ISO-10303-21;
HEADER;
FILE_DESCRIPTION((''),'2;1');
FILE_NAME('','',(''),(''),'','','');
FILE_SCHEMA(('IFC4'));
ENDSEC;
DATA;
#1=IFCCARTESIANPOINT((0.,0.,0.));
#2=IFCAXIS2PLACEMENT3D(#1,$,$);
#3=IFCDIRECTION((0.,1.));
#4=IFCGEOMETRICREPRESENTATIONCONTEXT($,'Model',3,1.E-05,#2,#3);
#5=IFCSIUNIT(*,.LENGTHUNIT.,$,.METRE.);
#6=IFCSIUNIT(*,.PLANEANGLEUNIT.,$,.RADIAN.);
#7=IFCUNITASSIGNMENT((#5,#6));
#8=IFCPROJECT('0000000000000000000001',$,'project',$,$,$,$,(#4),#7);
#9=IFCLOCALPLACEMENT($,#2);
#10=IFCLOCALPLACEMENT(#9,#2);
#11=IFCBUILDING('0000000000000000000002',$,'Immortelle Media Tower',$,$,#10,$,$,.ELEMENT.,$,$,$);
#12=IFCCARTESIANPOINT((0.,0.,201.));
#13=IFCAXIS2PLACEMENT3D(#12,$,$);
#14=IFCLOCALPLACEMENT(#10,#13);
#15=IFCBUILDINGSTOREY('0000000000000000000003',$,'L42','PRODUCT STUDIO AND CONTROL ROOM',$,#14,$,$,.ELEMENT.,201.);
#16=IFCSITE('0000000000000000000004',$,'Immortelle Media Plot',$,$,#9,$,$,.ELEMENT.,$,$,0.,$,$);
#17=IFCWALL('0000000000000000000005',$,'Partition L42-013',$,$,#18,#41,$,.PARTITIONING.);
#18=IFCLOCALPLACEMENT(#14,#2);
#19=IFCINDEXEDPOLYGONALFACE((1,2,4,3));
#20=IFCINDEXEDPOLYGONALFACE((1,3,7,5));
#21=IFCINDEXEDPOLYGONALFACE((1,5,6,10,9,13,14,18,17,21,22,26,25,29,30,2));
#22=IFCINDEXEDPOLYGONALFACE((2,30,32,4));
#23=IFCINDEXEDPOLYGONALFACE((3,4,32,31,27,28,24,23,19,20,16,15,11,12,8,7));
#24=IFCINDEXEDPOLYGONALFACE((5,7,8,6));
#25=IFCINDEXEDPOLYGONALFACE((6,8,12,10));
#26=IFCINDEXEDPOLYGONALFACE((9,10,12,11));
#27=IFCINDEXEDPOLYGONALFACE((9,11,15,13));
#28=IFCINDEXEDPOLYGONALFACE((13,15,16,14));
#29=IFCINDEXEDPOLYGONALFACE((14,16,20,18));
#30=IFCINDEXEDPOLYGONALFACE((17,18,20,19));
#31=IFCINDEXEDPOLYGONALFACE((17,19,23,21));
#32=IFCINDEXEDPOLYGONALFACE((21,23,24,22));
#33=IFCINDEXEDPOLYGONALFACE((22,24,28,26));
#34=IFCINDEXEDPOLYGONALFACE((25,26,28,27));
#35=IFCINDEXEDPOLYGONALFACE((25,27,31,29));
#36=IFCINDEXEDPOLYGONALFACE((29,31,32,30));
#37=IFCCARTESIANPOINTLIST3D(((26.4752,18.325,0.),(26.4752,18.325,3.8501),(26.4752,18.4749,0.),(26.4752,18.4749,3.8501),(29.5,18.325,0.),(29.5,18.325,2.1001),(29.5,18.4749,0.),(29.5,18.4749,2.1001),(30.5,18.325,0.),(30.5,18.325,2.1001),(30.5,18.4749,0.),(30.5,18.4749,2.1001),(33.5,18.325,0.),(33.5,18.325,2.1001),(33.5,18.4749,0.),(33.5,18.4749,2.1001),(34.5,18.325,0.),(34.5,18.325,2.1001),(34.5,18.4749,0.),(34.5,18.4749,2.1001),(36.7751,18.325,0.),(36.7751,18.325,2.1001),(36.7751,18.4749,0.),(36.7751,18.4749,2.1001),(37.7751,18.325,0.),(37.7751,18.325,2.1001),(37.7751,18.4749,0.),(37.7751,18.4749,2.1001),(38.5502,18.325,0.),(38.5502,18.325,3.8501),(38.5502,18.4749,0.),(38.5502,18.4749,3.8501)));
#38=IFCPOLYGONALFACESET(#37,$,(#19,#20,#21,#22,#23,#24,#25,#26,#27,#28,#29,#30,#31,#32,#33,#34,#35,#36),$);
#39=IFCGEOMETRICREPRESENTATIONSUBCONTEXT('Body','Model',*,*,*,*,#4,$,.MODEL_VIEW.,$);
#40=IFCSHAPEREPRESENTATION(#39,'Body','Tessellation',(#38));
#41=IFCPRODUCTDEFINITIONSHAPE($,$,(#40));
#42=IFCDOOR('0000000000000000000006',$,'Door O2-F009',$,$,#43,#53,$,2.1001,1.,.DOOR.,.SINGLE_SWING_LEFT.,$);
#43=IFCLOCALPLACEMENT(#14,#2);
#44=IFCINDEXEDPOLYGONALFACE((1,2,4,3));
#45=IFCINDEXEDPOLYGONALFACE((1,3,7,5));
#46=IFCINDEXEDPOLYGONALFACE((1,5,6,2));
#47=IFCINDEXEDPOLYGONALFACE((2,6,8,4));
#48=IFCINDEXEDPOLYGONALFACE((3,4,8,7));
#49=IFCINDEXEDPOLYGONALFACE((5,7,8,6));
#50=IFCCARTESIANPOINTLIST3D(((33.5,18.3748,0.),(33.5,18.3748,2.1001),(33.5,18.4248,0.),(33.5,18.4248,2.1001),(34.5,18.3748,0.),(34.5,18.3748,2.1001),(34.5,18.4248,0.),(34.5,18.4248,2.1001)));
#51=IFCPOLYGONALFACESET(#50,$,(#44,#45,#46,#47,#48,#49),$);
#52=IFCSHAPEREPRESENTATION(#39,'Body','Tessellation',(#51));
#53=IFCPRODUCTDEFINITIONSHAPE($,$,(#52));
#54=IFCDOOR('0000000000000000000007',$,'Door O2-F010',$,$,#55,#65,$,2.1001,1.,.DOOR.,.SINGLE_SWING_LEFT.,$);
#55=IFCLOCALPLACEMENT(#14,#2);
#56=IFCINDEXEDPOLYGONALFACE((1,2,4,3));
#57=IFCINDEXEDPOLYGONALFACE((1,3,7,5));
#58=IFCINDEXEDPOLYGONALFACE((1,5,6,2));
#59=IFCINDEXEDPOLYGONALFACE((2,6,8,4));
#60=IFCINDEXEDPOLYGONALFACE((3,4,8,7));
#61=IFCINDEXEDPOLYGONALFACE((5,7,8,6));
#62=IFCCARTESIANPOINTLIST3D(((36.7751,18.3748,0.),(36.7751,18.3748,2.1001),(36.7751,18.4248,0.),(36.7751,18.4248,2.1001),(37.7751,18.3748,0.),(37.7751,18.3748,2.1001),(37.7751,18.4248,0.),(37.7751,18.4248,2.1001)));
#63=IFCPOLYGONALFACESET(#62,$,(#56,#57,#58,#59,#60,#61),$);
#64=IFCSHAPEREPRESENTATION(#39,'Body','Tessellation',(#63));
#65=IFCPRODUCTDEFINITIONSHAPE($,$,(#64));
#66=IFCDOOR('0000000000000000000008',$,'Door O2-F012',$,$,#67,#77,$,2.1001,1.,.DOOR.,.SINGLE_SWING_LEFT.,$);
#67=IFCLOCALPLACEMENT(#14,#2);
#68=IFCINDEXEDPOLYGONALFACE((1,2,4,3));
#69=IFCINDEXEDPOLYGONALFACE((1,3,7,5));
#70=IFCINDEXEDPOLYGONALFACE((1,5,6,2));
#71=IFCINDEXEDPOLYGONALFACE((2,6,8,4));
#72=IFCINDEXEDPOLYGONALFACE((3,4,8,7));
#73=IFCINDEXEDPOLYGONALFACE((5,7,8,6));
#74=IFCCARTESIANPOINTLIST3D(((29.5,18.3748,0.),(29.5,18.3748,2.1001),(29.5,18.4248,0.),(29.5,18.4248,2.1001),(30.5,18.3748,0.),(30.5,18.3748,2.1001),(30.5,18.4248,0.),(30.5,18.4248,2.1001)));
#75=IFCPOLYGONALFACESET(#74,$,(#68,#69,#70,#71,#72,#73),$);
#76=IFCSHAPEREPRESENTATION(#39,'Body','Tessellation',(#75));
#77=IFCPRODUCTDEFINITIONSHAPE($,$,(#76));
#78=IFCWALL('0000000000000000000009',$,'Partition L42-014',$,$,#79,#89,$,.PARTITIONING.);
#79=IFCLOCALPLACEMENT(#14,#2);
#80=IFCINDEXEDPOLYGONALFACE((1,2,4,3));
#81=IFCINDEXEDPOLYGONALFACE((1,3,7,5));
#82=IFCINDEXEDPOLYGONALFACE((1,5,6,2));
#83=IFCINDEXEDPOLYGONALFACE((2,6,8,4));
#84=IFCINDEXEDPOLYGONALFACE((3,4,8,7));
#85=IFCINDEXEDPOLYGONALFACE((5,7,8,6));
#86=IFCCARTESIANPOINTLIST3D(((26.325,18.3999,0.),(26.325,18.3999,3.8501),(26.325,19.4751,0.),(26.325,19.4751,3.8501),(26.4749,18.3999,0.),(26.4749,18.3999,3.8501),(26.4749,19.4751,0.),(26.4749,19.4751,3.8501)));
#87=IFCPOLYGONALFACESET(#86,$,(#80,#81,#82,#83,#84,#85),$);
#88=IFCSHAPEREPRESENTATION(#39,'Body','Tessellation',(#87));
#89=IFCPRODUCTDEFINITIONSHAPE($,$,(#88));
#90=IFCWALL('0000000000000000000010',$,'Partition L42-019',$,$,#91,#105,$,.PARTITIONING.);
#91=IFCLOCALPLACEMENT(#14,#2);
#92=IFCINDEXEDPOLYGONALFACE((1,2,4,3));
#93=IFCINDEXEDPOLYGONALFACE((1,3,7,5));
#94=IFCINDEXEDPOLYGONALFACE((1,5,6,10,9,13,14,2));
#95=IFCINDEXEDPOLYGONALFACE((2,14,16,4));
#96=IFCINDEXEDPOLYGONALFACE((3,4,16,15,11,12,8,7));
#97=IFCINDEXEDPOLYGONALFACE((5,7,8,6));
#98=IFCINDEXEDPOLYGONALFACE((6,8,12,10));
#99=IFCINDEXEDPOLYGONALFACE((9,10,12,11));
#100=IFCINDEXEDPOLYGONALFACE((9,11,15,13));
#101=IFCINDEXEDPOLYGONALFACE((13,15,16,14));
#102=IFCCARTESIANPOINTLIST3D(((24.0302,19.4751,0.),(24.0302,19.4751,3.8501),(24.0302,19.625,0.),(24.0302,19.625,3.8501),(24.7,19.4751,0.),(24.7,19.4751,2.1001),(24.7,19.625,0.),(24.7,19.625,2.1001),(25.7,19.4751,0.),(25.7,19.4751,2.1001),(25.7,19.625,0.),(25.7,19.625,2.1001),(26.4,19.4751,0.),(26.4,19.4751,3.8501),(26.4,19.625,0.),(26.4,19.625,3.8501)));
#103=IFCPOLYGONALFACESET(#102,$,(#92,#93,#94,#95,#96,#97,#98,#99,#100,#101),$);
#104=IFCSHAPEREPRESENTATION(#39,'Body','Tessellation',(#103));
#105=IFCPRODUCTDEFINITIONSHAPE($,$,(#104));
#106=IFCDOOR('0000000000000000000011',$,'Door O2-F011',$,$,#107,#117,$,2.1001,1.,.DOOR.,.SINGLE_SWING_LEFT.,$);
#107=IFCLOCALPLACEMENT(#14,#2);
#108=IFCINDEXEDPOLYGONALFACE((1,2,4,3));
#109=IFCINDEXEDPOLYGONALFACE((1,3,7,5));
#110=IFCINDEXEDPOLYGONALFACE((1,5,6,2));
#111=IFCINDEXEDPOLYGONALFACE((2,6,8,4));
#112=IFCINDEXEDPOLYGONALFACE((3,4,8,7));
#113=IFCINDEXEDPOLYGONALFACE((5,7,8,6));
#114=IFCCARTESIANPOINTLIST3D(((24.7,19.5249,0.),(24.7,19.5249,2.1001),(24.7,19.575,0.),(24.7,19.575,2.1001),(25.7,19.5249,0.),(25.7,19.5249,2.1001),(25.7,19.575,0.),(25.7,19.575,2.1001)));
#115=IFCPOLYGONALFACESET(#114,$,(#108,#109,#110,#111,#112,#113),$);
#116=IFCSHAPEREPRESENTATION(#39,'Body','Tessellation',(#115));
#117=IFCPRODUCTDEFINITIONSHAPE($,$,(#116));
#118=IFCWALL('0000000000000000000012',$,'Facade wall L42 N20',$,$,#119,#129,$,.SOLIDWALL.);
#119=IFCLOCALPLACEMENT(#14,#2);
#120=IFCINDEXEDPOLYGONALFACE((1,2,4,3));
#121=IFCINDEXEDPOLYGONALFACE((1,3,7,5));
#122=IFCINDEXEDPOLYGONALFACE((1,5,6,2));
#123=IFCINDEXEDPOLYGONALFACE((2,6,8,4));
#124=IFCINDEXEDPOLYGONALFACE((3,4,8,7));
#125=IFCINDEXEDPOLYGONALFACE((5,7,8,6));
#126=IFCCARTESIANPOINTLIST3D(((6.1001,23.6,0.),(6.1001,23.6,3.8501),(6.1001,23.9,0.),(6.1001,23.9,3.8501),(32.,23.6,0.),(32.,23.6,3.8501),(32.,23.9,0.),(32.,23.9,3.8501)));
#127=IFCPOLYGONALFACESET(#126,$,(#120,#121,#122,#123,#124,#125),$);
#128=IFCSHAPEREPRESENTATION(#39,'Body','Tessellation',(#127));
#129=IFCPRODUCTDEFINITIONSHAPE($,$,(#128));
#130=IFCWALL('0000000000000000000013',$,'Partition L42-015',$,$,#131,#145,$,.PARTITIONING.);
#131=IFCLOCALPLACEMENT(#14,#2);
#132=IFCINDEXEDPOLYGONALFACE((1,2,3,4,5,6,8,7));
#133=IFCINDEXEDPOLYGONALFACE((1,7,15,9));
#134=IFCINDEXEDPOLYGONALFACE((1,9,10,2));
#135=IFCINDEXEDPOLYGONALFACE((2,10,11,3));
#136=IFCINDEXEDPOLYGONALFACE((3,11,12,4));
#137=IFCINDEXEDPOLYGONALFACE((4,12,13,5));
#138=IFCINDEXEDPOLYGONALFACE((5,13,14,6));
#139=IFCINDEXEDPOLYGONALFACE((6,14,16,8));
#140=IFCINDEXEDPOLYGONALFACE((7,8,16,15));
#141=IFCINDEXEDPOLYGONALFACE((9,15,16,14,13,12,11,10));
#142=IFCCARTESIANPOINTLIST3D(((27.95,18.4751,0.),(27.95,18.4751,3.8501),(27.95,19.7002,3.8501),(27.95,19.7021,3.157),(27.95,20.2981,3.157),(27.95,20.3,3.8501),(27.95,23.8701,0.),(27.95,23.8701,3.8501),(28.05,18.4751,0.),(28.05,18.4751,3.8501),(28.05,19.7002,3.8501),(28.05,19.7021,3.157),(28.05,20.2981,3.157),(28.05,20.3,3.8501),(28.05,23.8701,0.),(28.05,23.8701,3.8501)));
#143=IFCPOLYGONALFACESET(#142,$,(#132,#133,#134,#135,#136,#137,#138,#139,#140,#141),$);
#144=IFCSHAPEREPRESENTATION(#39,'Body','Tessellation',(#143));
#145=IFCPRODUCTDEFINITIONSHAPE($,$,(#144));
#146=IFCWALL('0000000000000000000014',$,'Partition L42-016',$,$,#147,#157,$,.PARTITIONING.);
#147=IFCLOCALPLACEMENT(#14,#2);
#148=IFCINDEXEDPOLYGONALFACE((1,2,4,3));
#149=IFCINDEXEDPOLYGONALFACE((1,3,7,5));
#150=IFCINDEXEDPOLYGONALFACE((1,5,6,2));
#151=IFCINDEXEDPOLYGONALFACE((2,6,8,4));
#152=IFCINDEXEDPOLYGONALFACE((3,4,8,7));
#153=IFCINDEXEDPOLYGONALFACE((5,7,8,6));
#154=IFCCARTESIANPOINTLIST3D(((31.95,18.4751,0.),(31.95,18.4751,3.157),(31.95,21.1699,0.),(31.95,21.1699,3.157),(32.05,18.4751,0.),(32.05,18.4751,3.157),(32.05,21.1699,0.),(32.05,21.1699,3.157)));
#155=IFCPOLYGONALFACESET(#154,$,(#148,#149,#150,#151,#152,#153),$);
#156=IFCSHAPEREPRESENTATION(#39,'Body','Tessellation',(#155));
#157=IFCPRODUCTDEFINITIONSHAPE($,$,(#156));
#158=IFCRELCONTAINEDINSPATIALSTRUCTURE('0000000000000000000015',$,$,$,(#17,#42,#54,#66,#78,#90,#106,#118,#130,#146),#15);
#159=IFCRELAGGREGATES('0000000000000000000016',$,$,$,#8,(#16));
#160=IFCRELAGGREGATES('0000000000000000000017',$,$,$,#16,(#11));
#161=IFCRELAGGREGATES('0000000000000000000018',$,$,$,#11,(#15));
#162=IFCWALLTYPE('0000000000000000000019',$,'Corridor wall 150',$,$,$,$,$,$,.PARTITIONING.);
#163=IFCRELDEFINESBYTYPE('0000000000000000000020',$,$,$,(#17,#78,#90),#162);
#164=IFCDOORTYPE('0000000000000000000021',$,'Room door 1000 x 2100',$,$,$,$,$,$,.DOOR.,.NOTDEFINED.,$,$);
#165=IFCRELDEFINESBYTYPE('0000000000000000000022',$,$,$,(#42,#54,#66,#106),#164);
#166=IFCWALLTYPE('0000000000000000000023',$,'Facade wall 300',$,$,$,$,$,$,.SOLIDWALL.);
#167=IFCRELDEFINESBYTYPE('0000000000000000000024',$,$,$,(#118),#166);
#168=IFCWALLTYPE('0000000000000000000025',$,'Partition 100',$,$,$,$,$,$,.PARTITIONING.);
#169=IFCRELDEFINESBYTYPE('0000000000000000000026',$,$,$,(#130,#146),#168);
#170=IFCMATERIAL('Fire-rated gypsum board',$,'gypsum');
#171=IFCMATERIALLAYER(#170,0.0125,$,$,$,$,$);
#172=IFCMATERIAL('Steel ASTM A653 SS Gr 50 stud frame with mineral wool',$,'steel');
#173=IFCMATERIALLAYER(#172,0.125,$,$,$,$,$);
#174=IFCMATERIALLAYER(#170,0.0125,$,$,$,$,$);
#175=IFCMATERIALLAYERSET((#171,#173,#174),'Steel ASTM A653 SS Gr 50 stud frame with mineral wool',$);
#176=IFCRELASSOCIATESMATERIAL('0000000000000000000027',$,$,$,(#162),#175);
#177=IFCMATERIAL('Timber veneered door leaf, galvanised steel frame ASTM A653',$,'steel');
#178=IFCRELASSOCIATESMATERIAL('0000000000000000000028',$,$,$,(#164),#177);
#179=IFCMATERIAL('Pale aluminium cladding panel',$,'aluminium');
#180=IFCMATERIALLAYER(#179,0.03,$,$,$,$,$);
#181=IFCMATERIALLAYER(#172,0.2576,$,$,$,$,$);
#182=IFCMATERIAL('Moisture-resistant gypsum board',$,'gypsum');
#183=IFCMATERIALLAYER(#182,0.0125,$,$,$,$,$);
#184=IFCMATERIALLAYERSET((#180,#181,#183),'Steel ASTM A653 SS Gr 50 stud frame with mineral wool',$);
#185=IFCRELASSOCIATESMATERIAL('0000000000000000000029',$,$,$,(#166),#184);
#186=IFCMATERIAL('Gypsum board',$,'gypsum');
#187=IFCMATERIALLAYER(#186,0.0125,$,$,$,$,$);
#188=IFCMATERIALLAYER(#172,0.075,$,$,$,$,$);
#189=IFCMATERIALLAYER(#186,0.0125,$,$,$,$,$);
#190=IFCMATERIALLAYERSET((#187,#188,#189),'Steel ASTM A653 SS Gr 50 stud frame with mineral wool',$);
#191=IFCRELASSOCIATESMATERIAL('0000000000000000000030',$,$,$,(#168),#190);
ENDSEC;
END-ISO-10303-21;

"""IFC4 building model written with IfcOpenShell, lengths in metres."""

from ifc_helpers import new_model, si_unit, direction, frame, frame_2d, origin, place, context, subcontext, project, spatial, polyline, rectangle, outline, extrude, material, layer, layer_set, type_object, element, fill, save


model = new_model("IFC4")

# Units and contexts
model_context = context("Model", 3, precision=1e-05, world=origin(), true_north=direction((0.0, 1.0)))
body_context = subcontext(model_context, "Body", "Model", "MODEL_VIEW")
ifc_project = project(units=[si_unit("LENGTHUNIT", "METRE"), si_unit("PLANEANGLEUNIT", "RADIAN")], contexts=[model_context])

# Site, building, storey
site_placement = place(None, origin())
site = spatial("IfcSite", under=ifc_project, at=site_placement, Name="Immortelle Media Plot", CompositionType="ELEMENT", RefElevation=0.0)
building_placement = place(site_placement, origin())
building = spatial("IfcBuilding", under=site, at=building_placement, Name="Immortelle Media Tower", CompositionType="ELEMENT")
storey_placement = place(building_placement, frame((0.0, 0.0, 201.0)))
storey = spatial("IfcBuildingStorey", under=building, at=storey_placement, Name="L42", Description="PRODUCT STUDIO AND CONTROL ROOM", CompositionType="ELEMENT", Elevation=201.0)

# Shared definitions
ifc_material_1 = material(Name="Fire-rated gypsum board", Category="gypsum")
ifc_material_2 = material(Name="Steel ASTM A653 SS Gr 50 stud frame with mineral wool", Category="steel")

# Wall, openings, doors
ifc_layer_1 = layer(ifc_material_1, 0.0125)
ifc_layer_2 = layer(ifc_material_2, 0.125)
ifc_layer_3 = layer(ifc_material_1, 0.0125)
ifc_layer_set_1 = layer_set([ifc_layer_1, ifc_layer_2, ifc_layer_3], Name="Steel ASTM A653 SS Gr 50 stud frame with mineral wool")
wall_type_1 = type_object("IfcWallType", Name="Corridor wall 150", PredefinedType="PARTITIONING", material=ifc_layer_set_1)
wall_1_placement = place(storey_placement, frame((26.4751, 18.3999, 0.0), z_axis=(0.0, 0.0, 1.0), x_axis=(1.0, 0.0, 0.0)))
wall_1 = element("IfcWall", 1, at=wall_1_placement, inside=storey, type_object=wall_type_1, Name="Partition L42-013", PredefinedType="PARTITIONING", context=body_context, shape_type="SweptSolid", body=[
    extrude(rectangle(XDim=12.075, YDim=0.1499, at=frame_2d((6.0376, 0.0))), origin(), (0.0, 0.0, 1.0), 3.8501),
])
opening_1_placement = place(wall_1_placement, frame((7.0249, 0.0, 0.0)))
opening_1 = element("IfcOpeningElement", 2, at=opening_1_placement, cuts=wall_1, PredefinedType="OPENING", context=body_context, shape_type="SweptSolid", body=[
    extrude(rectangle(XDim=1.0, YDim=2.1001, at=frame_2d((0.5, 1.05))), frame((0.0, 0.085, 0.0), z_axis=(0.0, -1.0, 0.0), x_axis=(1.0, 0.0, 0.0)), (0.0, 0.0, 1.0), 0.1699),
])
opening_2_placement = place(wall_1_placement, frame((10.3, 0.0, 0.0)))
opening_2 = element("IfcOpeningElement", 3, at=opening_2_placement, cuts=wall_1, PredefinedType="OPENING", context=body_context, shape_type="SweptSolid", body=[
    extrude(rectangle(XDim=1.0, YDim=2.1001, at=frame_2d((0.5, 1.05))), frame((0.0, 0.085, 0.0), z_axis=(0.0, -1.0, 0.0), x_axis=(1.0, 0.0, 0.0)), (0.0, 0.0, 1.0), 0.1699),
])
opening_3_placement = place(wall_1_placement, frame((3.0249, 0.0, 0.0)))
opening_3 = element("IfcOpeningElement", 4, at=opening_3_placement, cuts=wall_1, PredefinedType="OPENING", context=body_context, shape_type="SweptSolid", body=[
    extrude(rectangle(XDim=1.0, YDim=2.1001, at=frame_2d((0.5, 1.05))), frame((0.0, 0.085, 0.0), z_axis=(0.0, -1.0, 0.0), x_axis=(1.0, 0.0, 0.0)), (0.0, 0.0, 1.0), 0.1699),
])
ifc_material_3 = material(Name="Timber veneered door leaf, galvanised steel frame ASTM A653", Category="steel")
door_type = type_object("IfcDoorType", Name="Room door 1000 x 2100", OperationType="NOTDEFINED", PredefinedType="DOOR", material=ifc_material_3)
door_1_placement = place(opening_1_placement, origin())
door_1 = element("IfcDoor", 5, at=door_1_placement, inside=storey, type_object=door_type, Name="Door O2-F009", OperationType="SINGLE_SWING_LEFT", OverallHeight=2.1001, OverallWidth=1.0, PredefinedType="DOOR", context=body_context, shape_type="SweptSolid", body=[
    extrude(rectangle(XDim=1.0, YDim=2.1001, at=frame_2d((0.5, 1.05))), frame((0.0, 0.0249, 0.0), z_axis=(0.0, -1.0, 0.0), x_axis=(1.0, 0.0, 0.0)), (0.0, 0.0, 1.0), 0.05),
])
fill(opening_1, door_1)
door_2_placement = place(opening_2_placement, origin())
door_2 = element("IfcDoor", 6, at=door_2_placement, inside=storey, type_object=door_type, Name="Door O2-F010", OperationType="SINGLE_SWING_LEFT", OverallHeight=2.1001, OverallWidth=1.0, PredefinedType="DOOR", context=body_context, shape_type="SweptSolid", body=[
    extrude(rectangle(XDim=1.0, YDim=2.1001, at=frame_2d((0.5, 1.05))), frame((0.0, 0.0249, 0.0), z_axis=(0.0, -1.0, 0.0), x_axis=(1.0, 0.0, 0.0)), (0.0, 0.0, 1.0), 0.05),
])
fill(opening_2, door_2)
door_3_placement = place(opening_3_placement, origin())
door_3 = element("IfcDoor", 7, at=door_3_placement, inside=storey, type_object=door_type, Name="Door O2-F012", OperationType="SINGLE_SWING_LEFT", OverallHeight=2.1001, OverallWidth=1.0, PredefinedType="DOOR", context=body_context, shape_type="SweptSolid", body=[
    extrude(rectangle(XDim=1.0, YDim=2.1001, at=frame_2d((0.5, 1.05))), frame((0.0, 0.0249, 0.0), z_axis=(0.0, -1.0, 0.0), x_axis=(1.0, 0.0, 0.0)), (0.0, 0.0, 1.0), 0.05),
])
fill(opening_3, door_3)

# Wall
wall_2_placement = place(storey_placement, frame((26.3999, 18.3999, 0.0), z_axis=(0.0, 0.0, 1.0), x_axis=(0.0, 1.0, 0.0)))
element("IfcWall", 8, at=wall_2_placement, inside=storey, type_object=wall_type_1, Name="Partition L42-014", PredefinedType="PARTITIONING", context=body_context, shape_type="SweptSolid", body=[
    extrude(rectangle(XDim=1.0752, YDim=0.1499, at=frame_2d((0.5376, 0.0))), origin(), (0.0, 0.0, 1.0), 3.8501),
])

# Wall, opening, door
wall_3_placement = place(storey_placement, frame((24.03, 19.55, 0.0), z_axis=(0.0, 0.0, 1.0), x_axis=(1.0, 0.0, 0.0)))
wall_3 = element("IfcWall", 9, at=wall_3_placement, inside=storey, type_object=wall_type_1, Name="Partition L42-019", PredefinedType="PARTITIONING", context=body_context, shape_type="SweptSolid", body=[
    extrude(rectangle(XDim=2.3699, YDim=0.1499, at=frame_2d((1.1851, 0.0))), origin(), (0.0, 0.0, 1.0), 3.8501),
])
opening_4_placement = place(wall_3_placement, frame((0.6699, 0.0, 0.0)))
opening_4 = element("IfcOpeningElement", 10, at=opening_4_placement, cuts=wall_3, PredefinedType="OPENING", context=body_context, shape_type="SweptSolid", body=[
    extrude(rectangle(XDim=1.0, YDim=2.1001, at=frame_2d((0.5, 1.05))), frame((0.0, 0.085, 0.0), z_axis=(0.0, -1.0, 0.0), x_axis=(1.0, 0.0, 0.0)), (0.0, 0.0, 1.0), 0.1699),
])
door_4_placement = place(opening_4_placement, origin())
door_4 = element("IfcDoor", 11, at=door_4_placement, inside=storey, type_object=door_type, Name="Door O2-F011", OperationType="SINGLE_SWING_LEFT", OverallHeight=2.1001, OverallWidth=1.0, PredefinedType="DOOR", context=body_context, shape_type="SweptSolid", body=[
    extrude(rectangle(XDim=1.0, YDim=2.1001, at=frame_2d((0.5, 1.05))), frame((0.0, 0.0249, 0.0), z_axis=(0.0, -1.0, 0.0), x_axis=(1.0, 0.0, 0.0)), (0.0, 0.0, 1.0), 0.05),
])
fill(opening_4, door_4)

# Walls
ifc_material_4 = material(Name="Pale aluminium cladding panel", Category="aluminium")
ifc_layer_4 = layer(ifc_material_4, 0.03)
ifc_layer_5 = layer(ifc_material_2, 0.2576)
ifc_material_5 = material(Name="Moisture-resistant gypsum board", Category="gypsum")
ifc_layer_6 = layer(ifc_material_5, 0.0125)
ifc_layer_set_2 = layer_set([ifc_layer_4, ifc_layer_5, ifc_layer_6], Name="Steel ASTM A653 SS Gr 50 stud frame with mineral wool")
wall_type_2 = type_object("IfcWallType", Name="Facade wall 300", PredefinedType="SOLIDWALL", material=ifc_layer_set_2)
wall_4_placement = place(storey_placement, frame((32.0, 23.75, 0.0), z_axis=(0.0, 0.0, 1.0), x_axis=(-1.0, 0.0, 0.0)))
element("IfcWall", 12, at=wall_4_placement, inside=storey, type_object=wall_type_2, Name="Facade wall L42 N20", PredefinedType="SOLIDWALL", context=body_context, shape_type="SweptSolid", body=[
    extrude(rectangle(XDim=25.8999, YDim=0.3, at=frame_2d((12.95, 0.0))), origin(), (0.0, 0.0, 1.0), 3.8501),
])
ifc_material_6 = material(Name="Gypsum board", Category="gypsum")
ifc_layer_7 = layer(ifc_material_6, 0.0125)
ifc_layer_8 = layer(ifc_material_2, 0.075)
ifc_layer_9 = layer(ifc_material_6, 0.0125)
ifc_layer_set_3 = layer_set([ifc_layer_7, ifc_layer_8, ifc_layer_9], Name="Steel ASTM A653 SS Gr 50 stud frame with mineral wool")
wall_type_3 = type_object("IfcWallType", Name="Partition 100", PredefinedType="PARTITIONING", material=ifc_layer_set_3)
wall_5_placement = place(storey_placement, frame((28.0, 18.4751, 0.0), z_axis=(0.0, 0.0, 1.0), x_axis=(0.0, 1.0, 0.0)))
element("IfcWall", 13, at=wall_5_placement, inside=storey, type_object=wall_type_3, Name="Partition L42-015", PredefinedType="PARTITIONING", context=body_context, shape_type="SweptSolid", body=[
    extrude(outline(polyline([(0.0, 0.0), (5.395, 0.0), (5.395, 3.8501), (1.825, 3.8501), (1.823, 3.157), (1.2271, 3.157), (1.2251, 3.8501), (0.0, 3.8501), (0.0, 0.0)])), frame((0.0, 0.05, 0.0), z_axis=(0.0, -1.0, 0.0), x_axis=(1.0, 0.0, 0.0)), (0.0, 0.0, 1.0), 0.1001),
])
wall_6_placement = place(storey_placement, frame((32.0, 18.4751, 0.0), z_axis=(0.0, 0.0, 1.0), x_axis=(0.0, 1.0, 0.0)))
element("IfcWall", 14, at=wall_6_placement, inside=storey, type_object=wall_type_3, Name="Partition L42-016", PredefinedType="PARTITIONING", context=body_context, shape_type="SweptSolid", body=[
    extrude(rectangle(XDim=2.6948, YDim=0.1001, at=frame_2d((1.3474, 0.0))), origin(), (0.0, 0.0, 1.0), 3.157),
])

save(model, "model.ifc")
